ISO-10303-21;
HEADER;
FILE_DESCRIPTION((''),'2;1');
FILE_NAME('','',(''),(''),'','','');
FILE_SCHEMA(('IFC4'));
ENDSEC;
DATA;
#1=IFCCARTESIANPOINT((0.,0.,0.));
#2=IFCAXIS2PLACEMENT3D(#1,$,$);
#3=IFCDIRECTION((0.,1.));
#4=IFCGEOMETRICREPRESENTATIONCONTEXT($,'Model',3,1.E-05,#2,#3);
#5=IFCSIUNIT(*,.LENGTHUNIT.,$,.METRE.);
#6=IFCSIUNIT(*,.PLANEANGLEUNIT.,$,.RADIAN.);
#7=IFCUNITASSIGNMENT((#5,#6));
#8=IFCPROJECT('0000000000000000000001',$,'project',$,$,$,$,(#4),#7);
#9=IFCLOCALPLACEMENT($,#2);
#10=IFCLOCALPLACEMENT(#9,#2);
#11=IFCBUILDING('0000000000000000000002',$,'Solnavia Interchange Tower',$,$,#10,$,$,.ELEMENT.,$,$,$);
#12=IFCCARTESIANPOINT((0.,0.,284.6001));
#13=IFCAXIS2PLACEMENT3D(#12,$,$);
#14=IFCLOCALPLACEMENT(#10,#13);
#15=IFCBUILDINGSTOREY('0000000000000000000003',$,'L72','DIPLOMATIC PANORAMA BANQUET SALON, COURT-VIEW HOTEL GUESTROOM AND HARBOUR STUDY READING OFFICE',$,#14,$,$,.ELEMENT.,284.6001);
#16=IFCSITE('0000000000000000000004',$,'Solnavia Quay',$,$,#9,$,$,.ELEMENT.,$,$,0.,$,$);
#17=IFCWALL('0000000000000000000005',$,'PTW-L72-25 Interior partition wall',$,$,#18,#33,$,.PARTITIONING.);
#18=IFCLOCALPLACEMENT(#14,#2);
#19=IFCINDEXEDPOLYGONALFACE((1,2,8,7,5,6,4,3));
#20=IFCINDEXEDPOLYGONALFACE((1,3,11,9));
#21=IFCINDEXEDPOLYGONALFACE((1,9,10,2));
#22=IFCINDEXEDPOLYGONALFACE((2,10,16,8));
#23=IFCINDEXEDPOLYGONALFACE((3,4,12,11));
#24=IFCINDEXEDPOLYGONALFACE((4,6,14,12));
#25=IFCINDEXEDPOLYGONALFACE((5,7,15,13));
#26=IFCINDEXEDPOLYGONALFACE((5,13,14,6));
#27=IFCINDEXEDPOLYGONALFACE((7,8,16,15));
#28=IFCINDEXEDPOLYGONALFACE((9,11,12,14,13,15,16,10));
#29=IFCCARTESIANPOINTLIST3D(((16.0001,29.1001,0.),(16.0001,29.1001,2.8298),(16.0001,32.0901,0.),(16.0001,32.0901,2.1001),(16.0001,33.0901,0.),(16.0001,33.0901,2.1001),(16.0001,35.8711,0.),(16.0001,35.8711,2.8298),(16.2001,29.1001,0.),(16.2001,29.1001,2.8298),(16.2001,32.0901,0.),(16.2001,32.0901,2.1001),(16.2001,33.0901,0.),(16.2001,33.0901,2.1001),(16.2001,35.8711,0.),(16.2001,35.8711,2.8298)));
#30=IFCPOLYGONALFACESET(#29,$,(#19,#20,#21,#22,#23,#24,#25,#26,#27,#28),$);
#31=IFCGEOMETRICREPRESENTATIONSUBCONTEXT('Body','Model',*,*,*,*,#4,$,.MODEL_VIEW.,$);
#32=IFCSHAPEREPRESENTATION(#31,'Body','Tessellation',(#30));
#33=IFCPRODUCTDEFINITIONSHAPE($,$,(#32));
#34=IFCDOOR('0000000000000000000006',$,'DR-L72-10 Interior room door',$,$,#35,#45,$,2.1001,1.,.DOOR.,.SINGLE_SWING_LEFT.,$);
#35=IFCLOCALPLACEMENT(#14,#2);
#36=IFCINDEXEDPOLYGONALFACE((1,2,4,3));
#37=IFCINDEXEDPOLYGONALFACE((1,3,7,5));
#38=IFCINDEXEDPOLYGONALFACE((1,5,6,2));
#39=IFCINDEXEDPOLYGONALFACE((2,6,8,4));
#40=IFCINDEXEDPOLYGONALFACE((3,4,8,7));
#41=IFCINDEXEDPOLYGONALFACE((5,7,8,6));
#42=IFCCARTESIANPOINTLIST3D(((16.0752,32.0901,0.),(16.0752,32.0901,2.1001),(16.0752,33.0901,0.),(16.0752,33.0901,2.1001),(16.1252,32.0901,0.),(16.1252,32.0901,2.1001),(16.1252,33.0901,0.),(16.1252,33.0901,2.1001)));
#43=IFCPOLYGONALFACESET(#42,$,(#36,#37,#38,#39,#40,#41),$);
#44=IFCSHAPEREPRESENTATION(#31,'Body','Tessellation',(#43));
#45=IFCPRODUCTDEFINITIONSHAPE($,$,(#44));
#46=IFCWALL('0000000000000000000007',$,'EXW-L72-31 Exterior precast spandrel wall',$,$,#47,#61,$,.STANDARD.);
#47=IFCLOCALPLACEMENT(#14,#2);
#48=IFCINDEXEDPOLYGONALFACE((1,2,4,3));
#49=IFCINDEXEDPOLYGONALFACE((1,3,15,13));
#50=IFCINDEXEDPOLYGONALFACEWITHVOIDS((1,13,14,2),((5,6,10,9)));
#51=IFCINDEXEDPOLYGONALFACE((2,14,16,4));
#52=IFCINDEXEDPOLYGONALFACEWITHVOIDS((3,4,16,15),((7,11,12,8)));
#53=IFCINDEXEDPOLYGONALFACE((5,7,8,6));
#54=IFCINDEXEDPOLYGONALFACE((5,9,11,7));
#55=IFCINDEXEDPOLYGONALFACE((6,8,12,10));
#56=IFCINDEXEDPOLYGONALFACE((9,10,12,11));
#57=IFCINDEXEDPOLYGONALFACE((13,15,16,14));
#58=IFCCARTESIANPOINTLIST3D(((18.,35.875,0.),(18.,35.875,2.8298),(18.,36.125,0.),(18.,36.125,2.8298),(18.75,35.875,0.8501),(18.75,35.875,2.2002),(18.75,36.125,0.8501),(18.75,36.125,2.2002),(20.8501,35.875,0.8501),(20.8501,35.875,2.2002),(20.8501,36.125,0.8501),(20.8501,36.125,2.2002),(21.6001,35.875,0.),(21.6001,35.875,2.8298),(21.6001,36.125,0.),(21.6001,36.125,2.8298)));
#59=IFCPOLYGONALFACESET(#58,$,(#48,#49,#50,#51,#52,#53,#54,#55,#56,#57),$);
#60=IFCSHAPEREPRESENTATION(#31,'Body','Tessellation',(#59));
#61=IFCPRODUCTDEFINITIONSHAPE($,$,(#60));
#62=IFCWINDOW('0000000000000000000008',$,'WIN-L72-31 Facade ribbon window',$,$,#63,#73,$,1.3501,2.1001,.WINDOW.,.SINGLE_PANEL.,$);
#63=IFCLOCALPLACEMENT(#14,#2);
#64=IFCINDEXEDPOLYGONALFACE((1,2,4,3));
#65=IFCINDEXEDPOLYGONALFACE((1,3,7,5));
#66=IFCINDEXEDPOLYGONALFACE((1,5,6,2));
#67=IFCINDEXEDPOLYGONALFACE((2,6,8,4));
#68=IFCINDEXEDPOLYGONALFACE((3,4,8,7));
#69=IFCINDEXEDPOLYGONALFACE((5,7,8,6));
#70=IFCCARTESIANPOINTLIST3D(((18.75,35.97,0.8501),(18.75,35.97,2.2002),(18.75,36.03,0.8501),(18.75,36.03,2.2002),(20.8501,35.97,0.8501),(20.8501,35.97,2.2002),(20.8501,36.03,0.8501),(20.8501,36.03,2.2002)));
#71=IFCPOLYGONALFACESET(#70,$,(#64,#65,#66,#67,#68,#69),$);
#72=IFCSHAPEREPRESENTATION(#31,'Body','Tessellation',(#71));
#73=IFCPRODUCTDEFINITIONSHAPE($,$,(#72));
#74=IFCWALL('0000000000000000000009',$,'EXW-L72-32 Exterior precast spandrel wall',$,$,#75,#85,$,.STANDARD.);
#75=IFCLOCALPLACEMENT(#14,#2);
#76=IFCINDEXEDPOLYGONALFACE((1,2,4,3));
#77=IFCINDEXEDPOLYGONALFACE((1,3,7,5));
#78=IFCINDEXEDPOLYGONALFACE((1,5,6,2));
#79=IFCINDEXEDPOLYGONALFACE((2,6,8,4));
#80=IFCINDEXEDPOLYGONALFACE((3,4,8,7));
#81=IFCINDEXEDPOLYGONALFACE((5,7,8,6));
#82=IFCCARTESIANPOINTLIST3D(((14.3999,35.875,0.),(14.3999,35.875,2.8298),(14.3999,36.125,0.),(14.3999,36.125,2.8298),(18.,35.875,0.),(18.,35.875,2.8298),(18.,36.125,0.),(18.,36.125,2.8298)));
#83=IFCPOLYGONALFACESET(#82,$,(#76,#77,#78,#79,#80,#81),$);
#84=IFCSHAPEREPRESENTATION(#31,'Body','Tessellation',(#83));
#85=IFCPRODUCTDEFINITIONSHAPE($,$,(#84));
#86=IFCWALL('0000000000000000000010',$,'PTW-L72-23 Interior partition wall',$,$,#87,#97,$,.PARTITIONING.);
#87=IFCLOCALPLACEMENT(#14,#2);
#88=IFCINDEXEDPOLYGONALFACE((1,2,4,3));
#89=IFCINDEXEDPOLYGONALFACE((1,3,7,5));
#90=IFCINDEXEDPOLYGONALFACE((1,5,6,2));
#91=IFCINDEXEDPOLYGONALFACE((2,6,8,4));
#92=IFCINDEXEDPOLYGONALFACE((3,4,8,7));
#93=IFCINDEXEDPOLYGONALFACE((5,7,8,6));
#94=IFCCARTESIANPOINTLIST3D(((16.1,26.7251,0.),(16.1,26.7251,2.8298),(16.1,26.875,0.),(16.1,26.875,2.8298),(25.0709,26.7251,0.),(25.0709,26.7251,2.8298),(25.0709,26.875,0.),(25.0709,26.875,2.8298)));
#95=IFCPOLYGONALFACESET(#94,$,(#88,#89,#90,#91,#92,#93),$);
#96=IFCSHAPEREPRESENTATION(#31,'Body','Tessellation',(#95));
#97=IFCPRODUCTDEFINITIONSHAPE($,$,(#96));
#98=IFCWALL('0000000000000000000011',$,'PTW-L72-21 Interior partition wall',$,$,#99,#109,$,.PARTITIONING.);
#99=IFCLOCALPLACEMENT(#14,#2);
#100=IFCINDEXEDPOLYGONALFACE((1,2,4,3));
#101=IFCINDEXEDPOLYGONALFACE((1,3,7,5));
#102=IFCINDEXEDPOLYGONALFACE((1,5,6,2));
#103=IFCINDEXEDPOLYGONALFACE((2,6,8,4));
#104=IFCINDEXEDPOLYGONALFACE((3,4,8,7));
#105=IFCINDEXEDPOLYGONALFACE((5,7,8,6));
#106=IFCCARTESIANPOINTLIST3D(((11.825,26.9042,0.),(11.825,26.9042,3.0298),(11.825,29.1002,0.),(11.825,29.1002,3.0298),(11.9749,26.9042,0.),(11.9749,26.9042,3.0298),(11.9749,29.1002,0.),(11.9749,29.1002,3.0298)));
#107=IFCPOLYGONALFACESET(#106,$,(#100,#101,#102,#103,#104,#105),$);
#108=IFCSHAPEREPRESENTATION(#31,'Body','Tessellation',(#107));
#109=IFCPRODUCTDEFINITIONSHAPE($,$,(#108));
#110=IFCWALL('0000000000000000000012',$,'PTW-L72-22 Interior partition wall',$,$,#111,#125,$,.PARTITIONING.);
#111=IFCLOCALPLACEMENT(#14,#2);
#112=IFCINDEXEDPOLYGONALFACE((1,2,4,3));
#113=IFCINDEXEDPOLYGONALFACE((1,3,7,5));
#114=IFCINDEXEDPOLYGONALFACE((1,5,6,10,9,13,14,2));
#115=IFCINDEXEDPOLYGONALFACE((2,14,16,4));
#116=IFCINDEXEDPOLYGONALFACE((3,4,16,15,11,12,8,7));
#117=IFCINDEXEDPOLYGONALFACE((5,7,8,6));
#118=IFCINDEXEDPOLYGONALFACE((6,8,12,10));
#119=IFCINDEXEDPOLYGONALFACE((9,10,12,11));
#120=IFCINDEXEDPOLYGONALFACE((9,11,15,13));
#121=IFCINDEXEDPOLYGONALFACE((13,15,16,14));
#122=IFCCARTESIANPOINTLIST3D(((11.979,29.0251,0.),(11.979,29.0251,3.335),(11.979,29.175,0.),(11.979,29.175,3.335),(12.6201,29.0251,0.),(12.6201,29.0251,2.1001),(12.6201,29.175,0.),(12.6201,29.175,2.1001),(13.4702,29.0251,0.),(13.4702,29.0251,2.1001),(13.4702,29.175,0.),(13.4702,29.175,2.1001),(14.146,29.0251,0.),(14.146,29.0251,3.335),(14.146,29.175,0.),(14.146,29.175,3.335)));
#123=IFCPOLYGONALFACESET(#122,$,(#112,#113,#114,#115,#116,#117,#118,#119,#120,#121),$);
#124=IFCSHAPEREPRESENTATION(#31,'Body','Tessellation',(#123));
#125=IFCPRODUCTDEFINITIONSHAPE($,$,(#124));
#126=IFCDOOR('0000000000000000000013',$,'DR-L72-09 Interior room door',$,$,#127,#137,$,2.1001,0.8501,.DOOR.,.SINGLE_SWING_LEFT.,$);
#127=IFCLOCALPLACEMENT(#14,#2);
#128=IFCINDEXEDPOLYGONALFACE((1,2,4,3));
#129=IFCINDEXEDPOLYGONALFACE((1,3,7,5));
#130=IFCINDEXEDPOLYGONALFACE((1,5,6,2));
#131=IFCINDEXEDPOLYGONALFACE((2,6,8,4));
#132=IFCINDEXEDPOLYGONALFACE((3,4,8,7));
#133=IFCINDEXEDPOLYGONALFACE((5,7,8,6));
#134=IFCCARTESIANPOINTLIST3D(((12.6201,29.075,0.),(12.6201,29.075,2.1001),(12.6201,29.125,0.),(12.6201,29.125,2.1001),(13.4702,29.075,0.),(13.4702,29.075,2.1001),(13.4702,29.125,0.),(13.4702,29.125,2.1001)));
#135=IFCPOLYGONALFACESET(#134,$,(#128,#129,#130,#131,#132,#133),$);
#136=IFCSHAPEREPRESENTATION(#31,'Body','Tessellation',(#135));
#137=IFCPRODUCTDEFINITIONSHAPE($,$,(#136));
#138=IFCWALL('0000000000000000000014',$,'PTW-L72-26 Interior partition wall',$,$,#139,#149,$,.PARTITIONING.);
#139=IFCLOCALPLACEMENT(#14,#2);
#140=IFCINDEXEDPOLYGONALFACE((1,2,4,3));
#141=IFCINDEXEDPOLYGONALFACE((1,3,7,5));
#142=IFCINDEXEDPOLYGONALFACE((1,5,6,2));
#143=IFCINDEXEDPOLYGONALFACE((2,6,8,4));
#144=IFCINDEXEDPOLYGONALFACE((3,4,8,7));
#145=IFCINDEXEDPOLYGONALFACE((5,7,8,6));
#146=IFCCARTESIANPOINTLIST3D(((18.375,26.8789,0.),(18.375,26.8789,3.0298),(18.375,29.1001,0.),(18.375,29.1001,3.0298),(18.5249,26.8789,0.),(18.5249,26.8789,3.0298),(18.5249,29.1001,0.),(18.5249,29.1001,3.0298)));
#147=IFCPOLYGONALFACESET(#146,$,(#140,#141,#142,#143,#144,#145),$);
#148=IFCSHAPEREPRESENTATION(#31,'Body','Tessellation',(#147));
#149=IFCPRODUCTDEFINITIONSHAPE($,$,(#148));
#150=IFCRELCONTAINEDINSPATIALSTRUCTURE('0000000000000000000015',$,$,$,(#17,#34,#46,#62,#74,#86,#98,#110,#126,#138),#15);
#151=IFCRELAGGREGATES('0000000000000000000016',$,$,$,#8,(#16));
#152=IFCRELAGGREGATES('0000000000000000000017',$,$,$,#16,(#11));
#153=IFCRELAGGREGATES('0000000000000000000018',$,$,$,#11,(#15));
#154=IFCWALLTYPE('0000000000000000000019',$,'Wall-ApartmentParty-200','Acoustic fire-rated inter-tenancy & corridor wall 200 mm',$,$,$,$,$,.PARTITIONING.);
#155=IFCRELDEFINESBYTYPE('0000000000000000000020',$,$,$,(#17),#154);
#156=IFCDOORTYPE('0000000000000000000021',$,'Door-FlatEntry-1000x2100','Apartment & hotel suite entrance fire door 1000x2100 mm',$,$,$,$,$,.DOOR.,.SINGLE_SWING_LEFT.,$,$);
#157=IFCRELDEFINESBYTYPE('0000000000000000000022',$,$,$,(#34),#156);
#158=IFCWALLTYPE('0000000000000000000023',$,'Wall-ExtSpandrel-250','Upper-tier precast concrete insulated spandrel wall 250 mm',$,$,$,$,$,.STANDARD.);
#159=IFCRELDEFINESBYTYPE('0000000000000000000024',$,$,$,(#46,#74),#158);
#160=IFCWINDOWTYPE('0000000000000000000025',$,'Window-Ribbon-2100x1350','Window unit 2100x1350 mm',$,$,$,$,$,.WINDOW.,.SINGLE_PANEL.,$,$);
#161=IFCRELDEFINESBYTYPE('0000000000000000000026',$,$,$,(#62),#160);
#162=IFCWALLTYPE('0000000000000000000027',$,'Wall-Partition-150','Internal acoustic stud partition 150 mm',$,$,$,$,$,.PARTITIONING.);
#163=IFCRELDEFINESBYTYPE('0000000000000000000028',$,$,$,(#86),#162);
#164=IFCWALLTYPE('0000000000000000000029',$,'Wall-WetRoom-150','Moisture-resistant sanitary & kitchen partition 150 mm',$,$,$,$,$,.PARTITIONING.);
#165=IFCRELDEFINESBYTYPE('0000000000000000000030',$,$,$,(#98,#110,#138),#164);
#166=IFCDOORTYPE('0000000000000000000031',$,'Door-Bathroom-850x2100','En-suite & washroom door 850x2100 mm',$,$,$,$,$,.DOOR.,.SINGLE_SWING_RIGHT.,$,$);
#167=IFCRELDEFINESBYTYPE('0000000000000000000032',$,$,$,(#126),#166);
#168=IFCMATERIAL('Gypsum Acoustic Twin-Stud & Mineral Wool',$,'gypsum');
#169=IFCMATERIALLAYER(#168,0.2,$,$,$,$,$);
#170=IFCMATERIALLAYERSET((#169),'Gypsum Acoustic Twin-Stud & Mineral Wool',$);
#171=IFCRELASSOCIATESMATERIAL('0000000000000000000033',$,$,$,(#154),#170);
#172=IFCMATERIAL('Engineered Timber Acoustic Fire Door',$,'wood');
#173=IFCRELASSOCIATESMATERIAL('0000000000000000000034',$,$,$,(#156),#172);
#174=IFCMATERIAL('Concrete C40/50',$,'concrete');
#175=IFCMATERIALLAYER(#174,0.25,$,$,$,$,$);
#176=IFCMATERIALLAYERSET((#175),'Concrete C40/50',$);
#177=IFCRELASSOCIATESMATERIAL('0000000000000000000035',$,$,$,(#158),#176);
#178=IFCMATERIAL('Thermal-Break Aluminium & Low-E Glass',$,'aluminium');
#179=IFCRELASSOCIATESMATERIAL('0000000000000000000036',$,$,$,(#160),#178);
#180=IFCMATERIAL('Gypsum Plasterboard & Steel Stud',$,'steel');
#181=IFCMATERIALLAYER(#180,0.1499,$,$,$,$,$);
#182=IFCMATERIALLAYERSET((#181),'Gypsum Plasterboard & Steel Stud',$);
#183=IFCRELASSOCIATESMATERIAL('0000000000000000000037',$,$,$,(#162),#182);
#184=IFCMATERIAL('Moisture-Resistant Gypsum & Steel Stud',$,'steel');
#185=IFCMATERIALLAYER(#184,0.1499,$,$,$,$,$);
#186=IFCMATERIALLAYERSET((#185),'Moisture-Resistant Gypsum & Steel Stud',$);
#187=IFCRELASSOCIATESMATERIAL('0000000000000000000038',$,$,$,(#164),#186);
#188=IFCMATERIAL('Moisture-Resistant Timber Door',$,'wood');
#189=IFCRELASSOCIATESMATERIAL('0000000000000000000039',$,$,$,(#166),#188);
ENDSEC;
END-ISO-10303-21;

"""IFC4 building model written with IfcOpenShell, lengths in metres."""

from ifc_helpers import new_model, si_unit, direction, frame, frame_2d, origin, place, context, subcontext, project, spatial, rectangle, extrude, material, layer, layer_set, type_object, element, fill, save


model = new_model("IFC4")

# Units and contexts
model_context = context("Model", 3, precision=1e-05, world=origin(), true_north=direction((0.0, 1.0)))
body_context = subcontext(model_context, "Body", "Model", "MODEL_VIEW")
ifc_project = project(units=[si_unit("LENGTHUNIT", "METRE"), si_unit("PLANEANGLEUNIT", "RADIAN")], contexts=[model_context])

# Site, building, storey
site_placement = place(None, origin())
site = spatial("IfcSite", under=ifc_project, at=site_placement, Name="Solnavia Quay", CompositionType="ELEMENT", RefElevation=0.0)
building_placement = place(site_placement, origin())
building = spatial("IfcBuilding", under=site, at=building_placement, Name="Solnavia Interchange Tower", CompositionType="ELEMENT")
storey_placement = place(building_placement, frame((0.0, 0.0, 284.6001)))
storey = spatial("IfcBuildingStorey", under=building, at=storey_placement, Name="L72", Description="DIPLOMATIC PANORAMA BANQUET SALON, COURT-VIEW HOTEL GUESTROOM AND HARBOUR STUDY READING OFFICE", CompositionType="ELEMENT", Elevation=284.6001)

# Shared definitions
ifc_material_1 = material(Name="Gypsum Acoustic Twin-Stud & Mineral Wool", Category="gypsum")
ifc_layer_1 = layer(ifc_material_1, 0.2)
ifc_layer_set_1 = layer_set([ifc_layer_1], Name="Gypsum Acoustic Twin-Stud & Mineral Wool")
wall_type_1 = type_object("IfcWallType", Name="Wall-ApartmentParty-200", Description="Acoustic fire-rated inter-tenancy & corridor wall 200 mm", PredefinedType="PARTITIONING", material=ifc_layer_set_1)

# Shared definitions
ifc_material_2 = material(Name="Engineered Timber Acoustic Fire Door", Category="wood")
door_type_1 = type_object("IfcDoorType", Name="Door-FlatEntry-1000x2100", Description="Apartment & hotel suite entrance fire door 1000x2100 mm", OperationType="SINGLE_SWING_LEFT", PredefinedType="DOOR", material=ifc_material_2)

# Wall, opening, door
wall_1_placement = place(storey_placement, frame((16.1001, 29.1001, 0.0), z_axis=(0.0, 0.0, 1.0), x_axis=(0.0, 1.0, 0.0)))
wall_1 = element("IfcWall", 1, at=wall_1_placement, inside=storey, type_object=wall_type_1, Name="PTW-L72-25 Interior partition wall", PredefinedType="PARTITIONING", context=body_context, shape_type="SweptSolid", body=[
    extrude(rectangle(XDim=6.771, YDim=0.2, at=frame_2d((3.3855, 0.0))), origin(), (0.0, 0.0, 1.0), 2.8298),
])
opening_1_placement = place(wall_1_placement, frame((2.99, 0.0, 0.0)))
opening_1 = element("IfcOpeningElement", 2, at=opening_1_placement, cuts=wall_1, PredefinedType="OPENING", context=body_context, shape_type="SweptSolid", body=[
    extrude(rectangle(XDim=1.0, YDim=2.1001, at=frame_2d((0.5, 1.05))), frame((0.0, 0.1099, 0.0), z_axis=(0.0, -1.0, 0.0), x_axis=(1.0, 0.0, 0.0)), (0.0, 0.0, 1.0), 0.22),
])
door_1_placement = place(opening_1_placement, origin())
door_1 = element("IfcDoor", 3, at=door_1_placement, inside=storey, type_object=door_type_1, Name="DR-L72-10 Interior room door", OperationType="SINGLE_SWING_LEFT", OverallHeight=2.1001, OverallWidth=1.0, PredefinedType="DOOR", context=body_context, shape_type="SweptSolid", body=[
    extrude(rectangle(XDim=1.0, YDim=2.1001, at=frame_2d((0.5, 1.05))), frame((0.0, 0.0249, 0.0), z_axis=(0.0, -1.0, 0.0), x_axis=(1.0, 0.0, 0.0)), (0.0, 0.0, 1.0), 0.05),
])
fill(opening_1, door_1)

# Wall, opening, window
ifc_material_3 = material(Name="Concrete C40/50", Category="concrete")
ifc_layer_2 = layer(ifc_material_3, 0.25)
ifc_layer_set_2 = layer_set([ifc_layer_2], Name="Concrete C40/50")
wall_type_2 = type_object("IfcWallType", Name="Wall-ExtSpandrel-250", Description="Upper-tier precast concrete insulated spandrel wall 250 mm", PredefinedType="STANDARD", material=ifc_layer_set_2)
wall_2_placement = place(storey_placement, frame((18.0, 36.0, 0.0), z_axis=(0.0, 0.0, 1.0), x_axis=(1.0, 0.0, 0.0)))
wall_2 = element("IfcWall", 4, at=wall_2_placement, inside=storey, type_object=wall_type_2, Name="EXW-L72-31 Exterior precast spandrel wall", PredefinedType="STANDARD", context=body_context, shape_type="SweptSolid", body=[
    extrude(rectangle(XDim=3.6001, YDim=0.25, at=frame_2d((1.8, 0.0))), origin(), (0.0, 0.0, 1.0), 2.8298),
])
opening_2_placement = place(wall_2_placement, frame((0.75, 0.0, 0.8501)))
opening_2 = element("IfcOpeningElement", 5, at=opening_2_placement, cuts=wall_2, PredefinedType="OPENING", context=body_context, shape_type="SweptSolid", body=[
    extrude(rectangle(XDim=2.1001, YDim=1.3501, at=frame_2d((1.05, 0.675))), frame((0.0, 0.135, 0.0), z_axis=(0.0, -1.0, 0.0), x_axis=(1.0, 0.0, 0.0)), (0.0, 0.0, 1.0), 0.27),
])
ifc_material_4 = material(Name="Thermal-Break Aluminium & Low-E Glass", Category="aluminium")
window_type = type_object("IfcWindowType", Name="Window-Ribbon-2100x1350", Description="Window unit 2100x1350 mm", PartitioningType="SINGLE_PANEL", PredefinedType="WINDOW", material=ifc_material_4)
window_placement = place(opening_2_placement, origin())
window = element("IfcWindow", 6, at=window_placement, inside=storey, type_object=window_type, Name="WIN-L72-31 Facade ribbon window", OverallHeight=1.3501, OverallWidth=2.1001, PartitioningType="SINGLE_PANEL", PredefinedType="WINDOW", context=body_context, shape_type="SweptSolid", body=[
    extrude(rectangle(XDim=2.1001, YDim=1.3501, at=frame_2d((1.05, 0.675))), frame((0.0, 0.03, 0.0), z_axis=(0.0, -1.0, 0.0), x_axis=(1.0, 0.0, 0.0)), (0.0, 0.0, 1.0), 0.0601),
])
fill(opening_2, window)

# Walls
wall_3_placement = place(storey_placement, frame((14.3999, 36.0, 0.0), z_axis=(0.0, 0.0, 1.0), x_axis=(1.0, 0.0, 0.0)))
element("IfcWall", 7, at=wall_3_placement, inside=storey, type_object=wall_type_2, Name="EXW-L72-32 Exterior precast spandrel wall", PredefinedType="STANDARD", context=body_context, shape_type="SweptSolid", body=[
    extrude(rectangle(XDim=3.6001, YDim=0.25, at=frame_2d((1.8, 0.0))), origin(), (0.0, 0.0, 1.0), 2.8298),
])
ifc_material_5 = material(Name="Gypsum Plasterboard & Steel Stud", Category="steel")
ifc_layer_3 = layer(ifc_material_5, 0.1499)
ifc_layer_set_3 = layer_set([ifc_layer_3], Name="Gypsum Plasterboard & Steel Stud")
wall_type_3 = type_object("IfcWallType", Name="Wall-Partition-150", Description="Internal acoustic stud partition 150 mm", PredefinedType="PARTITIONING", material=ifc_layer_set_3)
wall_4_placement = place(storey_placement, frame((16.1001, 26.8, 0.0), z_axis=(0.0, 0.0, 1.0), x_axis=(1.0, 0.0, 0.0)))
element("IfcWall", 8, at=wall_4_placement, inside=storey, type_object=wall_type_3, Name="PTW-L72-23 Interior partition wall", PredefinedType="PARTITIONING", context=body_context, shape_type="SweptSolid", body=[
    extrude(rectangle(XDim=8.9709, YDim=0.1499, at=frame_2d((4.4854, 0.0))), origin(), (0.0, 0.0, 1.0), 2.8298),
])
ifc_material_6 = material(Name="Moisture-Resistant Gypsum & Steel Stud", Category="steel")
ifc_layer_4 = layer(ifc_material_6, 0.1499)
ifc_layer_set_4 = layer_set([ifc_layer_4], Name="Moisture-Resistant Gypsum & Steel Stud")
wall_type_4 = type_object("IfcWallType", Name="Wall-WetRoom-150", Description="Moisture-resistant sanitary & kitchen partition 150 mm", PredefinedType="PARTITIONING", material=ifc_layer_set_4)
wall_5_placement = place(storey_placement, frame((11.8999, 26.9041, 0.0), z_axis=(0.0, 0.0, 1.0), x_axis=(0.0, 1.0, 0.0)))
element("IfcWall", 9, at=wall_5_placement, inside=storey, type_object=wall_type_4, Name="PTW-L72-21 Interior partition wall", PredefinedType="PARTITIONING", context=body_context, shape_type="SweptSolid", body=[
    extrude(rectangle(XDim=2.196, YDim=0.1499, at=frame_2d((1.0981, 0.0))), origin(), (0.0, 0.0, 1.0), 3.0298),
])

# Wall, opening, door
wall_6_placement = place(storey_placement, frame((11.979, 29.1001, 0.0), z_axis=(0.0, 0.0, 1.0), x_axis=(1.0, 0.0, 0.0)))
wall_6 = element("IfcWall", 10, at=wall_6_placement, inside=storey, type_object=wall_type_4, Name="PTW-L72-22 Interior partition wall", PredefinedType="PARTITIONING", context=body_context, shape_type="SweptSolid", body=[
    extrude(rectangle(XDim=2.167, YDim=0.1499, at=frame_2d((1.0835, 0.0))), origin(), (0.0, 0.0, 1.0), 3.335),
])
opening_3_placement = place(wall_6_placement, frame((0.6411, 0.0, 0.0)))
opening_3 = element("IfcOpeningElement", 11, at=opening_3_placement, cuts=wall_6, PredefinedType="OPENING", context=body_context, shape_type="SweptSolid", body=[
    extrude(rectangle(XDim=0.8501, YDim=2.1001, at=frame_2d((0.425, 1.05))), frame((0.0, 0.085, 0.0), z_axis=(0.0, -1.0, 0.0), x_axis=(1.0, 0.0, 0.0)), (0.0, 0.0, 1.0), 0.1699),
])
ifc_material_7 = material(Name="Moisture-Resistant Timber Door", Category="wood")
door_type_2 = type_object("IfcDoorType", Name="Door-Bathroom-850x2100", Description="En-suite & washroom door 850x2100 mm", OperationType="SINGLE_SWING_RIGHT", PredefinedType="DOOR", material=ifc_material_7)
door_2_placement = place(opening_3_placement, origin())
door_2 = element("IfcDoor", 12, at=door_2_placement, inside=storey, type_object=door_type_2, Name="DR-L72-09 Interior room door", OperationType="SINGLE_SWING_LEFT", OverallHeight=2.1001, OverallWidth=0.8501, PredefinedType="DOOR", context=body_context, shape_type="SweptSolid", body=[
    extrude(rectangle(XDim=0.8501, YDim=2.1001, at=frame_2d((0.425, 1.05))), frame((0.0, 0.0249, 0.0), z_axis=(0.0, -1.0, 0.0), x_axis=(1.0, 0.0, 0.0)), (0.0, 0.0, 1.0), 0.05),
])
fill(opening_3, door_2)

# Wall
wall_7_placement = place(storey_placement, frame((18.45, 26.8789, 0.0), z_axis=(0.0, 0.0, 1.0), x_axis=(0.0, 1.0, 0.0)))
element("IfcWall", 13, at=wall_7_placement, inside=storey, type_object=wall_type_4, Name="PTW-L72-26 Interior partition wall", PredefinedType="PARTITIONING", context=body_context, shape_type="SweptSolid", body=[
    extrude(rectangle(XDim=2.2212, YDim=0.1499, at=frame_2d((1.1106, 0.0))), origin(), (0.0, 0.0, 1.0), 3.0298),
])

save(model, "model.ifc")
